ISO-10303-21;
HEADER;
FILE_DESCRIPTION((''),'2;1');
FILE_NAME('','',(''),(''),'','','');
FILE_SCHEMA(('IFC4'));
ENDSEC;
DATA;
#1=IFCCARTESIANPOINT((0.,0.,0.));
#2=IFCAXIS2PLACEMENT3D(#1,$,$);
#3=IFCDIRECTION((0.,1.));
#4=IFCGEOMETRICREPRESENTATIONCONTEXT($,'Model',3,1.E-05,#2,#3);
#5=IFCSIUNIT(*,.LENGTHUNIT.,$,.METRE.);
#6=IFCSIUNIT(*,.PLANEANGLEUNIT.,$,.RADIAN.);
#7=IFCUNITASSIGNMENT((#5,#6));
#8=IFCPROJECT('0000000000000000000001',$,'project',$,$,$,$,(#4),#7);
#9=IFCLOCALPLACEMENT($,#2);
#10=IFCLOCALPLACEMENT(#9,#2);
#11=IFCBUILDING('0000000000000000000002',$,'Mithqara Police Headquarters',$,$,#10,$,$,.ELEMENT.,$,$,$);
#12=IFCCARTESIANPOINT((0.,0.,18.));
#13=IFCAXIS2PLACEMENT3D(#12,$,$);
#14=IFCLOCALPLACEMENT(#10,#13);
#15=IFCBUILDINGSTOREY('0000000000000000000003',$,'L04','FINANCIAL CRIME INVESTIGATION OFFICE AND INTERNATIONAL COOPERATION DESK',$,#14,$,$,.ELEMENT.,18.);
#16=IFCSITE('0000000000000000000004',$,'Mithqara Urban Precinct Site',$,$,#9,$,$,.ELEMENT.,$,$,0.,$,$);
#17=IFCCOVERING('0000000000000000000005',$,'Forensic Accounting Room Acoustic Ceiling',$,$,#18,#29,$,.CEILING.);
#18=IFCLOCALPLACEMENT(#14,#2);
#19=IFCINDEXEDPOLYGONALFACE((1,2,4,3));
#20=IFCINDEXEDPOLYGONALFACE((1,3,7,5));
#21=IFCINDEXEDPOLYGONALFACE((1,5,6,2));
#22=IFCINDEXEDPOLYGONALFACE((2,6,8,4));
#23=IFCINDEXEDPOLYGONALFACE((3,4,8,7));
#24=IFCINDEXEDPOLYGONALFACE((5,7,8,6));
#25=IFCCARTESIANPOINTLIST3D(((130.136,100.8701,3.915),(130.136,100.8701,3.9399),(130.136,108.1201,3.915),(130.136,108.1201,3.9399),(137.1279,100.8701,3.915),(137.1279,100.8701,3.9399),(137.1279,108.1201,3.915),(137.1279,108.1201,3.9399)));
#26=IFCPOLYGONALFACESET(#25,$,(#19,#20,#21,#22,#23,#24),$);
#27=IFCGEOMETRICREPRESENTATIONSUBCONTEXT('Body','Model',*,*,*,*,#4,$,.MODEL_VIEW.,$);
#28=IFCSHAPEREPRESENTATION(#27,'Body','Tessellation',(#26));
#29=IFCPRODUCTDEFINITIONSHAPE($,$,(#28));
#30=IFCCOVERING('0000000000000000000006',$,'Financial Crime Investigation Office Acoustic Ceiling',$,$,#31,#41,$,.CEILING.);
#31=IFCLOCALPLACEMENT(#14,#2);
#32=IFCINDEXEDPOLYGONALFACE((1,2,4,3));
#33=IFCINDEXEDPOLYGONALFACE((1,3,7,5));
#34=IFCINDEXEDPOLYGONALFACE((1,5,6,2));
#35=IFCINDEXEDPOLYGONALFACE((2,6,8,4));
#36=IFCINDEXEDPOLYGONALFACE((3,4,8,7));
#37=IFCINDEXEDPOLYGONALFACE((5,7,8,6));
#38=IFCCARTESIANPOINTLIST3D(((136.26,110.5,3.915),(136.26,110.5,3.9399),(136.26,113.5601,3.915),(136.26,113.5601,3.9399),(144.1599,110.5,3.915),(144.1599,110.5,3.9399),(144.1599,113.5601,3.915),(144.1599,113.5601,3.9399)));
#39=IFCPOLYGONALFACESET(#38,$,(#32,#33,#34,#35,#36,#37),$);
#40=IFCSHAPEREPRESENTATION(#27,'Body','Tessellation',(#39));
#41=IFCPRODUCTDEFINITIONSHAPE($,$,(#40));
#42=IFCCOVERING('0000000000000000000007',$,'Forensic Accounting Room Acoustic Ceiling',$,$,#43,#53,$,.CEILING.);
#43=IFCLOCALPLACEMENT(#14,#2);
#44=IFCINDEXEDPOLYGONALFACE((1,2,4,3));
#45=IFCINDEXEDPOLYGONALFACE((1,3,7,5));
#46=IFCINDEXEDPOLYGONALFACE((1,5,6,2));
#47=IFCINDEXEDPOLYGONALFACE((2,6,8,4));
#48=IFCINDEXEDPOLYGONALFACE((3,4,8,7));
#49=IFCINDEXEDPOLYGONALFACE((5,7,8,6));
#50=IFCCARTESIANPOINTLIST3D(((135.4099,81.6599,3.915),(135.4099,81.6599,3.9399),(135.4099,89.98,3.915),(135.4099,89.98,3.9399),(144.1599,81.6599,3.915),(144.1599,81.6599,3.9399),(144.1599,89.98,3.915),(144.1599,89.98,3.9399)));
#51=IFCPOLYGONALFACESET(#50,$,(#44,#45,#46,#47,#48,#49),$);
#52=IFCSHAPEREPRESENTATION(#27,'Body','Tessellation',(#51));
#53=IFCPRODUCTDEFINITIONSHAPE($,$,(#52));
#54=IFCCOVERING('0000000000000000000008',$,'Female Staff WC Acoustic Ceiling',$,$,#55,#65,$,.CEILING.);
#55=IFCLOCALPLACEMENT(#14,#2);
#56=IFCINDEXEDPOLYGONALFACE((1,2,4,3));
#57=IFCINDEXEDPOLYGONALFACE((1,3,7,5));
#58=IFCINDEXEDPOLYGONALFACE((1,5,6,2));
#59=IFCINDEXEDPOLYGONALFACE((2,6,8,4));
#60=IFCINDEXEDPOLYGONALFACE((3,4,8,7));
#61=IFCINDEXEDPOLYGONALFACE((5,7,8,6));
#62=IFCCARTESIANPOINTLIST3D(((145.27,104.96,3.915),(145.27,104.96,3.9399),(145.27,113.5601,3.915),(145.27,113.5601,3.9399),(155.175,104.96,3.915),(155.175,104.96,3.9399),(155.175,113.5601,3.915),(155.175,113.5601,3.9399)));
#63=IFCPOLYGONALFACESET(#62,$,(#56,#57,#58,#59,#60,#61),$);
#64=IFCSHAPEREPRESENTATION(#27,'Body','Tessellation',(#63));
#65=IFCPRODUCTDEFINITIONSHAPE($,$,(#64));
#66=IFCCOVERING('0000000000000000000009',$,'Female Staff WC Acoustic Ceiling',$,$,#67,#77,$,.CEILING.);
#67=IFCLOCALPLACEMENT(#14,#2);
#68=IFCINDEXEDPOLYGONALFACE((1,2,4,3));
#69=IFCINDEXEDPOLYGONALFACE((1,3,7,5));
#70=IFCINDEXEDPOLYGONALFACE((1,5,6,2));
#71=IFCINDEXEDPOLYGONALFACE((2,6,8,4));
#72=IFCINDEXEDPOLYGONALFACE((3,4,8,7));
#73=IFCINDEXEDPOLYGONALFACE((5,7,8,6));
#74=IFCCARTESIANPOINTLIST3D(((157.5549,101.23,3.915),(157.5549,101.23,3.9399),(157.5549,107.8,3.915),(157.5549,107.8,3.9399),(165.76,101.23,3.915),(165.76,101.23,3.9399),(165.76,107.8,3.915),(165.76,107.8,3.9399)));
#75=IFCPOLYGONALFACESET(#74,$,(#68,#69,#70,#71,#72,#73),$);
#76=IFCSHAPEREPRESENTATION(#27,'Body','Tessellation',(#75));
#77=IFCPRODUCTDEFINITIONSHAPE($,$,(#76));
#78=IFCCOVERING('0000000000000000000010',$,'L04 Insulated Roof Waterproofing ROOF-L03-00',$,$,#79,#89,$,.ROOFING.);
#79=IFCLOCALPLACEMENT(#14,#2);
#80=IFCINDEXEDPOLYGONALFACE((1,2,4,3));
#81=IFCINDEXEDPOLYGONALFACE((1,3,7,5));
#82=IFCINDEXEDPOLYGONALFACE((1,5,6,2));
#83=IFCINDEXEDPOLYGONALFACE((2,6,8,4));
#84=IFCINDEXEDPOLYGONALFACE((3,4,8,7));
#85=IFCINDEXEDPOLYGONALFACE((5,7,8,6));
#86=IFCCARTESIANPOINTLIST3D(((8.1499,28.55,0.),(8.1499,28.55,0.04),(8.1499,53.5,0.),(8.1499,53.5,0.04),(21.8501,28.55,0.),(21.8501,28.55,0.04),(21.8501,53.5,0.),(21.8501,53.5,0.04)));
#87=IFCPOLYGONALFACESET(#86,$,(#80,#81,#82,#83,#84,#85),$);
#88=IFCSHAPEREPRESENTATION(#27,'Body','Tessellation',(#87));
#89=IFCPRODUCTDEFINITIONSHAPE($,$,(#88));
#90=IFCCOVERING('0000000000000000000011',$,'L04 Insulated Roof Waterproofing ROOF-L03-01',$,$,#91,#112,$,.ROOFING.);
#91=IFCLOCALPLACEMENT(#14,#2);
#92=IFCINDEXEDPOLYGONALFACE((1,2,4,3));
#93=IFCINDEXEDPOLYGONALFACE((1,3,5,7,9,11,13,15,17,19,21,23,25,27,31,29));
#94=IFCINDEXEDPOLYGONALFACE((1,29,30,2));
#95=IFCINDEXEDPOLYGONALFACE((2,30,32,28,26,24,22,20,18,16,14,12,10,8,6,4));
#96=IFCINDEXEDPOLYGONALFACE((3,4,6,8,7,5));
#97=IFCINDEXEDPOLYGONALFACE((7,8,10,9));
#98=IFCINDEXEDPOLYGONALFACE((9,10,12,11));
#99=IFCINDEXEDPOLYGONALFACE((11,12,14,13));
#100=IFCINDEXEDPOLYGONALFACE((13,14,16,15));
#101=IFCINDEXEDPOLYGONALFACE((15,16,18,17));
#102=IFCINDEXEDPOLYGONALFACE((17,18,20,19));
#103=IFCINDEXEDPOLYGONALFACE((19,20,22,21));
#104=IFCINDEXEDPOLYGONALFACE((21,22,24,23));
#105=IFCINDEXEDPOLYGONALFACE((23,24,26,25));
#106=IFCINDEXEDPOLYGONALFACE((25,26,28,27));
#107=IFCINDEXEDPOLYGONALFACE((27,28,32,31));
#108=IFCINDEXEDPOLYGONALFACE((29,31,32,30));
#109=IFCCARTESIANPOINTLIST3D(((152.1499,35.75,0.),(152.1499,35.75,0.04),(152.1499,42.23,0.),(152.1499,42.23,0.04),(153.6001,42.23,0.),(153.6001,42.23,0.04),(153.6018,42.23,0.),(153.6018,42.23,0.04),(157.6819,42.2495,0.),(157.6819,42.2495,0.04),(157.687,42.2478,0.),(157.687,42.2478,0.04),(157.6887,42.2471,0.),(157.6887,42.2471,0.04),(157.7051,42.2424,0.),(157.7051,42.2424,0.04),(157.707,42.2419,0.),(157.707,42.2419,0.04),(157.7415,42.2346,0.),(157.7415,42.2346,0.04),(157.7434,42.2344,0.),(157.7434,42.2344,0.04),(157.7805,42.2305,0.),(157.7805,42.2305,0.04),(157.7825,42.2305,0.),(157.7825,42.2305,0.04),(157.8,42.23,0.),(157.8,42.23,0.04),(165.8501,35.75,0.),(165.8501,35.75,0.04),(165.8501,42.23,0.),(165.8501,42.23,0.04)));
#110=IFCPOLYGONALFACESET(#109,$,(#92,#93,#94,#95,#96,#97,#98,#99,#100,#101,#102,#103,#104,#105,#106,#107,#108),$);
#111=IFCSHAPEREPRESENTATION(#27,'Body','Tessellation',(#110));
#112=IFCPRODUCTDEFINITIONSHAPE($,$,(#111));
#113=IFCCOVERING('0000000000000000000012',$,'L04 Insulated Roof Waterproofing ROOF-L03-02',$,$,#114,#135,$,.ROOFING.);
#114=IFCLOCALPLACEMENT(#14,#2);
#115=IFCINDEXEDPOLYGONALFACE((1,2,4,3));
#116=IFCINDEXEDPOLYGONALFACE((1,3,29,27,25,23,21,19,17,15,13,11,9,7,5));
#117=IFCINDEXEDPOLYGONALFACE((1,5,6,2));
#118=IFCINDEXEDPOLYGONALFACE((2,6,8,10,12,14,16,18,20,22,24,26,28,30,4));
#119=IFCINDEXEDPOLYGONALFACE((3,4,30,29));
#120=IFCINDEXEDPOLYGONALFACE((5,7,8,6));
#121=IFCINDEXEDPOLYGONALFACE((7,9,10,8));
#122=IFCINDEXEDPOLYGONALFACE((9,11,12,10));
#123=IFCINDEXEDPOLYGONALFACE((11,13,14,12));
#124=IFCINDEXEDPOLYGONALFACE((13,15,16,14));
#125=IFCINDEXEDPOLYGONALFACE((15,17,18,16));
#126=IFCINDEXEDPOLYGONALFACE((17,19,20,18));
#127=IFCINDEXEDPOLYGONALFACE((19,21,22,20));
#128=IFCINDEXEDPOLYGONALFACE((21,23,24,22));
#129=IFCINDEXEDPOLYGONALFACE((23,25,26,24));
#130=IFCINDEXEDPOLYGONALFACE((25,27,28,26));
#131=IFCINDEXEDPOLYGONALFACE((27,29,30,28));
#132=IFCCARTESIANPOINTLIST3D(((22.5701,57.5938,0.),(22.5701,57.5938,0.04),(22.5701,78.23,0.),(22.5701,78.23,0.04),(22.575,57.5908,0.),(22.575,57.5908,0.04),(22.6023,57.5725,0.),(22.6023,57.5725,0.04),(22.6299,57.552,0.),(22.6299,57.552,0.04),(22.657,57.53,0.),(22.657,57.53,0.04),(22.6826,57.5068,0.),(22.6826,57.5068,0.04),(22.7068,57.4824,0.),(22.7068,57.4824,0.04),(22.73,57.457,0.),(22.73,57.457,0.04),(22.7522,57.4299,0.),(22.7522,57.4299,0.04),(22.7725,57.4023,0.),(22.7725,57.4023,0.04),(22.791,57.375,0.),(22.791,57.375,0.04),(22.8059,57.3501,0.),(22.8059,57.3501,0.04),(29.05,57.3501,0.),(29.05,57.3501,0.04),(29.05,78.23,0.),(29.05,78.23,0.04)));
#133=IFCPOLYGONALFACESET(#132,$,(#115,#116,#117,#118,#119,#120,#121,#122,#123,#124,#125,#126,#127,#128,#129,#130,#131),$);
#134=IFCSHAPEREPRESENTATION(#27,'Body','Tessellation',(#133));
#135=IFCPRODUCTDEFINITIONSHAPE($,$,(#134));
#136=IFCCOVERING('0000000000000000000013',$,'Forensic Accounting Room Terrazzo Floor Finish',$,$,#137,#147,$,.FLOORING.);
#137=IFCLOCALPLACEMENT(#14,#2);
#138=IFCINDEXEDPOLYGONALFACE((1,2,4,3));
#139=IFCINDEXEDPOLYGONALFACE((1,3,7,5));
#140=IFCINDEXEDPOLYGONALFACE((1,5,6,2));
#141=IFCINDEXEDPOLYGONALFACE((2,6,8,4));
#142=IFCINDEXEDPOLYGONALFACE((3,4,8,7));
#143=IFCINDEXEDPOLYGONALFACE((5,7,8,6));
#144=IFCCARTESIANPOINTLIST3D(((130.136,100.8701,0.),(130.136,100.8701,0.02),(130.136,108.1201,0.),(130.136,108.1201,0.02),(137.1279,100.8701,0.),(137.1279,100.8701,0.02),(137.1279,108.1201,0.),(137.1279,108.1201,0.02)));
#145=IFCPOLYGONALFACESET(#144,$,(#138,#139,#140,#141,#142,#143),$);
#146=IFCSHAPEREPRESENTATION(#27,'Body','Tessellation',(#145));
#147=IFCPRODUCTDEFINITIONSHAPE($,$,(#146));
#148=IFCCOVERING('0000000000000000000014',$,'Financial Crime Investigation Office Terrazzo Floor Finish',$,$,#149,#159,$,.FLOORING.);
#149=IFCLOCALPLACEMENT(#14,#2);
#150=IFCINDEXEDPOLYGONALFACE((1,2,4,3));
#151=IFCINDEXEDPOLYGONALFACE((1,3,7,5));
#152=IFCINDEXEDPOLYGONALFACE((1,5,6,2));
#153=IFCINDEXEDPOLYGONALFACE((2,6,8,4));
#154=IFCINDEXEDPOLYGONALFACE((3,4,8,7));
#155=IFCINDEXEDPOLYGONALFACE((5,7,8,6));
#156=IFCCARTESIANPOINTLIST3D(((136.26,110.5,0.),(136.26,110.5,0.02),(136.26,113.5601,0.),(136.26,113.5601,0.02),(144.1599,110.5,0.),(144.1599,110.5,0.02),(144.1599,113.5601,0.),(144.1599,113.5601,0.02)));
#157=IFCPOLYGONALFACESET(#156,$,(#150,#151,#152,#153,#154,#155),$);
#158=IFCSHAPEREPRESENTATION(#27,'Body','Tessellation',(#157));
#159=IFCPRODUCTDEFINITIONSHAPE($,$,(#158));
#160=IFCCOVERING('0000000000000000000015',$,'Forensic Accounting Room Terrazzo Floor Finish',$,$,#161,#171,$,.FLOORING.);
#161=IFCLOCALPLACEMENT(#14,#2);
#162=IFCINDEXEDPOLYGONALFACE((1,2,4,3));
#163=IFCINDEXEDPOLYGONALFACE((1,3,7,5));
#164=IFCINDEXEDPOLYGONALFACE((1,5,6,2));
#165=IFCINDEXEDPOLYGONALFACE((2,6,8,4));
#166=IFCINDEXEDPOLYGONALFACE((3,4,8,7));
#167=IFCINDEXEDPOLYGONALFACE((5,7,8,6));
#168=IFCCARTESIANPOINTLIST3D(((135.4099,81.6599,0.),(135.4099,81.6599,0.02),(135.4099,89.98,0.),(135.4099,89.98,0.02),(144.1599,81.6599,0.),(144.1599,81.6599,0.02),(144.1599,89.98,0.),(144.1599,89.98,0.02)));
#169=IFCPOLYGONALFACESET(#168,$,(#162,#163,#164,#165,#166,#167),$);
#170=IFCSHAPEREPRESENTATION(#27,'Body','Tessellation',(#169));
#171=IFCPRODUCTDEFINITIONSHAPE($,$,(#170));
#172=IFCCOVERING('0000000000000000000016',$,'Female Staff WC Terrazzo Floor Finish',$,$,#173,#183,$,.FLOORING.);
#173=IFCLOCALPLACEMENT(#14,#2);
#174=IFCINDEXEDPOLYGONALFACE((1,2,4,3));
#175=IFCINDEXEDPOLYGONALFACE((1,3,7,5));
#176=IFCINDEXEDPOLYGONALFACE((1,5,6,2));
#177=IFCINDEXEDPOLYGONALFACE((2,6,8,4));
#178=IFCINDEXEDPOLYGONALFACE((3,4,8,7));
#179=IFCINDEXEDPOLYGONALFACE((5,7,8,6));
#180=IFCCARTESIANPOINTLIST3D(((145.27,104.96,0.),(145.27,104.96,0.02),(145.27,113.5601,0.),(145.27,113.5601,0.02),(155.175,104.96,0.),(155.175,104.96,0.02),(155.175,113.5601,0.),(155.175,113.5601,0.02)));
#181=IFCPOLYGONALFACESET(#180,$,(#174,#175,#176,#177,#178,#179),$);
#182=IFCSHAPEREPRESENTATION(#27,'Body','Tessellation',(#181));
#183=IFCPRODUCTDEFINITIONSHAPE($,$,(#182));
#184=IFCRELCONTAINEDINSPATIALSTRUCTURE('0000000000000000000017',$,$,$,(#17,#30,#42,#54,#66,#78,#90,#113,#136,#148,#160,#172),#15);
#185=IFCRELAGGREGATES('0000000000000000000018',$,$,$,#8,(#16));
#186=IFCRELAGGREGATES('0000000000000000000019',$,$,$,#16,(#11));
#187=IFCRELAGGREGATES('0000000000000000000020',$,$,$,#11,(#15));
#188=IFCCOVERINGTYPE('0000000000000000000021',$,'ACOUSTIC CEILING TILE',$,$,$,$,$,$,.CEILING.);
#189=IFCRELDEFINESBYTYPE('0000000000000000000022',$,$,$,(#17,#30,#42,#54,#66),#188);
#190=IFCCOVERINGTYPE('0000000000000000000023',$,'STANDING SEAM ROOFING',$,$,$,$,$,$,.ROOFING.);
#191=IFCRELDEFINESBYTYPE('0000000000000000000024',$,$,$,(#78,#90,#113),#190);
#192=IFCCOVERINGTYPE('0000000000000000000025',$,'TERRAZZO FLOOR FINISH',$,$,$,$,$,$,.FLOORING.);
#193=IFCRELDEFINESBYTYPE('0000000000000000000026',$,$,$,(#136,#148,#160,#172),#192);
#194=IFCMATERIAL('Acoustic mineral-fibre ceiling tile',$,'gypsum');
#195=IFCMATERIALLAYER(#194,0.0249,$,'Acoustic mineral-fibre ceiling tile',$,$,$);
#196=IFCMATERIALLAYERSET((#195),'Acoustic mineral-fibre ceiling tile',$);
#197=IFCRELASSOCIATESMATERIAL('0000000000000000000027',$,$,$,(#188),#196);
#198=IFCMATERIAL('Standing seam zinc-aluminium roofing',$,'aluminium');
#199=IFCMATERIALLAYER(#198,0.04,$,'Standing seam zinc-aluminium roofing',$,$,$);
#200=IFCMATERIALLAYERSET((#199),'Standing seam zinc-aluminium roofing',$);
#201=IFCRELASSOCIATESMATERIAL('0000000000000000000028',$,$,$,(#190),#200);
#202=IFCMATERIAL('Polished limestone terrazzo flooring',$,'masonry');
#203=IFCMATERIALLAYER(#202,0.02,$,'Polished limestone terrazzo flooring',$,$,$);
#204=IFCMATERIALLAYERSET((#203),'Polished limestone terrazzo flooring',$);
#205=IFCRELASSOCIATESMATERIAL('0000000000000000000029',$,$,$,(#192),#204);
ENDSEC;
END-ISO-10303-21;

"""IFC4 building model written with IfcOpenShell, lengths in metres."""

from ifc_helpers import new_model, si_unit, direction, frame, origin, place, context, subcontext, project, spatial, polyline, outline, extrude, material, layer, layer_set, type_object, element, save


model = new_model("IFC4")

# Units and contexts
model_context = context("Model", 3, precision=1e-05, world=origin(), true_north=direction((0.0, 1.0)))
body_context = subcontext(model_context, "Body", "Model", "MODEL_VIEW")
ifc_project = project(units=[si_unit("LENGTHUNIT", "METRE"), si_unit("PLANEANGLEUNIT", "RADIAN")], contexts=[model_context])

# Site, building, storey
site_placement = place(None, origin())
site = spatial("IfcSite", under=ifc_project, at=site_placement, Name="Mithqara Urban Precinct Site", CompositionType="ELEMENT", RefElevation=0.0)
building_placement = place(site_placement, origin())
building = spatial("IfcBuilding", under=site, at=building_placement, Name="Mithqara Police Headquarters", CompositionType="ELEMENT")
storey_placement = place(building_placement, frame((0.0, 0.0, 18.0)))
storey = spatial("IfcBuildingStorey", under=building, at=storey_placement, Name="L04", Description="FINANCIAL CRIME INVESTIGATION OFFICE AND INTERNATIONAL COOPERATION DESK", CompositionType="ELEMENT", Elevation=18.0)

# Coverings
ifc_material_1 = material(Name="Acoustic mineral-fibre ceiling tile", Category="gypsum")
ifc_layer_1 = layer(ifc_material_1, 0.0249, Name="Acoustic mineral-fibre ceiling tile")
ifc_layer_set_1 = layer_set([ifc_layer_1], Name="Acoustic mineral-fibre ceiling tile")
covering_type_1 = type_object("IfcCoveringType", Name="ACOUSTIC CEILING TILE", PredefinedType="CEILING", material=ifc_layer_set_1)
covering_1_placement = place(storey_placement, frame((0.0, 0.0, 3.915)))
element("IfcCovering", 1, at=covering_1_placement, inside=storey, type_object=covering_type_1, Name="Forensic Accounting Room Acoustic Ceiling", PredefinedType="CEILING", context=body_context, shape_type="SweptSolid", body=[
    extrude(outline(polyline([(130.136, 100.8701), (137.1279, 100.8701), (137.1279, 108.1201), (130.136, 108.1201), (130.136, 100.8701)])), origin(), (0.0, 0.0, 1.0), 0.0249),
])
covering_2_placement = place(storey_placement, frame((0.0, 0.0, 3.915)))
element("IfcCovering", 2, at=covering_2_placement, inside=storey, type_object=covering_type_1, Name="Financial Crime Investigation Office Acoustic Ceiling", PredefinedType="CEILING", context=body_context, shape_type="SweptSolid", body=[
    extrude(outline(polyline([(136.26, 110.5), (144.1599, 110.5), (144.1599, 113.5601), (136.26, 113.5601), (136.26, 110.5)])), origin(), (0.0, 0.0, 1.0), 0.0249),
])
covering_3_placement = place(storey_placement, frame((0.0, 0.0, 3.915)))
element("IfcCovering", 3, at=covering_3_placement, inside=storey, type_object=covering_type_1, Name="Forensic Accounting Room Acoustic Ceiling", PredefinedType="CEILING", context=body_context, shape_type="SweptSolid", body=[
    extrude(outline(polyline([(135.4099, 81.6599), (144.1599, 81.6599), (144.1599, 89.98), (135.4099, 89.98), (135.4099, 81.6599)])), origin(), (0.0, 0.0, 1.0), 0.0249),
])
covering_4_placement = place(storey_placement, frame((0.0, 0.0, 3.915)))
element("IfcCovering", 4, at=covering_4_placement, inside=storey, type_object=covering_type_1, Name="Female Staff WC Acoustic Ceiling", PredefinedType="CEILING", context=body_context, shape_type="SweptSolid", body=[
    extrude(outline(polyline([(145.27, 104.96), (155.175, 104.96), (155.175, 113.5601), (145.27, 113.5601), (145.27, 104.96)])), origin(), (0.0, 0.0, 1.0), 0.0249),
])
covering_5_placement = place(storey_placement, frame((0.0, 0.0, 3.915)))
element("IfcCovering", 5, at=covering_5_placement, inside=storey, type_object=covering_type_1, Name="Female Staff WC Acoustic Ceiling", PredefinedType="CEILING", context=body_context, shape_type="SweptSolid", body=[
    extrude(outline(polyline([(157.5549, 101.23), (165.76, 101.23), (165.76, 107.8), (157.5549, 107.8), (157.5549, 101.23)])), origin(), (0.0, 0.0, 1.0), 0.0249),
])
ifc_material_2 = material(Name="Standing seam zinc-aluminium roofing", Category="aluminium")
ifc_layer_2 = layer(ifc_material_2, 0.04, Name="Standing seam zinc-aluminium roofing")
ifc_layer_set_2 = layer_set([ifc_layer_2], Name="Standing seam zinc-aluminium roofing")
covering_type_2 = type_object("IfcCoveringType", Name="STANDING SEAM ROOFING", PredefinedType="ROOFING", material=ifc_layer_set_2)
covering_6_placement = place(storey_placement, origin())
element("IfcCovering", 6, at=covering_6_placement, inside=storey, type_object=covering_type_2, Name="L04 Insulated Roof Waterproofing ROOF-L03-00", PredefinedType="ROOFING", context=body_context, shape_type="SweptSolid", body=[
    extrude(outline(polyline([(8.1499, 53.5), (21.8501, 53.5), (21.8501, 28.55), (8.1499, 28.55), (8.1499, 53.5)])), origin(), (0.0, 0.0, 1.0), 0.04),
])
covering_7_placement = place(storey_placement, origin())
element("IfcCovering", 7, at=covering_7_placement, inside=storey, type_object=covering_type_2, Name="L04 Insulated Roof Waterproofing ROOF-L03-01", PredefinedType="ROOFING", context=body_context, shape_type="SweptSolid", body=[
    extrude(outline(polyline([(157.6819, 42.2495), (157.687, 42.2478), (157.6887, 42.2471), (157.7051, 42.2424), (157.707, 42.2419), (157.7415, 42.2346), (157.7434, 42.2344), (157.7805, 42.2305), (157.7825, 42.2305), (157.8, 42.23), (165.8501, 42.23), (165.8501, 35.75), (152.1499, 35.75), (152.1499, 42.23), (153.6001, 42.23), (153.6018, 42.23), (157.6819, 42.2495)])), origin(), (0.0, 0.0, 1.0), 0.04),
])
covering_8_placement = place(storey_placement, origin())
element("IfcCovering", 8, at=covering_8_placement, inside=storey, type_object=covering_type_2, Name="L04 Insulated Roof Waterproofing ROOF-L03-02", PredefinedType="ROOFING", context=body_context, shape_type="SweptSolid", body=[
    extrude(outline(polyline([(22.5701, 57.5938), (22.5701, 78.23), (29.05, 78.23), (29.05, 57.3501), (22.8059, 57.3501), (22.791, 57.375), (22.7725, 57.4023), (22.7522, 57.4299), (22.73, 57.457), (22.7068, 57.4824), (22.6826, 57.5068), (22.657, 57.53), (22.6299, 57.552), (22.6023, 57.5725), (22.575, 57.5908), (22.5701, 57.5938)])), origin(), (0.0, 0.0, 1.0), 0.04),
])
ifc_material_3 = material(Name="Polished limestone terrazzo flooring", Category="masonry")
ifc_layer_3 = layer(ifc_material_3, 0.02, Name="Polished limestone terrazzo flooring")
ifc_layer_set_3 = layer_set([ifc_layer_3], Name="Polished limestone terrazzo flooring")
covering_type_3 = type_object("IfcCoveringType", Name="TERRAZZO FLOOR FINISH", PredefinedType="FLOORING", material=ifc_layer_set_3)
covering_9_placement = place(storey_placement, origin())
element("IfcCovering", 9, at=covering_9_placement, inside=storey, type_object=covering_type_3, Name="Forensic Accounting Room Terrazzo Floor Finish", PredefinedType="FLOORING", context=body_context, shape_type="SweptSolid", body=[
    extrude(outline(polyline([(130.136, 100.8701), (137.1279, 100.8701), (137.1279, 108.1201), (130.136, 108.1201), (130.136, 100.8701)])), origin(), (0.0, 0.0, 1.0), 0.02),
])
covering_10_placement = place(storey_placement, origin())
element("IfcCovering", 10, at=covering_10_placement, inside=storey, type_object=covering_type_3, Name="Financial Crime Investigation Office Terrazzo Floor Finish", PredefinedType="FLOORING", context=body_context, shape_type="SweptSolid", body=[
    extrude(outline(polyline([(136.26, 110.5), (144.1599, 110.5), (144.1599, 113.5601), (136.26, 113.5601), (136.26, 110.5)])), origin(), (0.0, 0.0, 1.0), 0.02),
])
covering_11_placement = place(storey_placement, origin())
element("IfcCovering", 11, at=covering_11_placement, inside=storey, type_object=covering_type_3, Name="Forensic Accounting Room Terrazzo Floor Finish", PredefinedType="FLOORING", context=body_context, shape_type="SweptSolid", body=[
    extrude(outline(polyline([(135.4099, 81.6599), (144.1599, 81.6599), (144.1599, 89.98), (135.4099, 89.98), (135.4099, 81.6599)])), origin(), (0.0, 0.0, 1.0), 0.02),
])
covering_12_placement = place(storey_placement, origin())
element("IfcCovering", 12, at=covering_12_placement, inside=storey, type_object=covering_type_3, Name="Female Staff WC Terrazzo Floor Finish", PredefinedType="FLOORING", context=body_context, shape_type="SweptSolid", body=[
    extrude(outline(polyline([(145.27, 104.96), (155.175, 104.96), (155.175, 113.5601), (145.27, 113.5601), (145.27, 104.96)])), origin(), (0.0, 0.0, 1.0), 0.02),
])

save(model, "model.ifc")
